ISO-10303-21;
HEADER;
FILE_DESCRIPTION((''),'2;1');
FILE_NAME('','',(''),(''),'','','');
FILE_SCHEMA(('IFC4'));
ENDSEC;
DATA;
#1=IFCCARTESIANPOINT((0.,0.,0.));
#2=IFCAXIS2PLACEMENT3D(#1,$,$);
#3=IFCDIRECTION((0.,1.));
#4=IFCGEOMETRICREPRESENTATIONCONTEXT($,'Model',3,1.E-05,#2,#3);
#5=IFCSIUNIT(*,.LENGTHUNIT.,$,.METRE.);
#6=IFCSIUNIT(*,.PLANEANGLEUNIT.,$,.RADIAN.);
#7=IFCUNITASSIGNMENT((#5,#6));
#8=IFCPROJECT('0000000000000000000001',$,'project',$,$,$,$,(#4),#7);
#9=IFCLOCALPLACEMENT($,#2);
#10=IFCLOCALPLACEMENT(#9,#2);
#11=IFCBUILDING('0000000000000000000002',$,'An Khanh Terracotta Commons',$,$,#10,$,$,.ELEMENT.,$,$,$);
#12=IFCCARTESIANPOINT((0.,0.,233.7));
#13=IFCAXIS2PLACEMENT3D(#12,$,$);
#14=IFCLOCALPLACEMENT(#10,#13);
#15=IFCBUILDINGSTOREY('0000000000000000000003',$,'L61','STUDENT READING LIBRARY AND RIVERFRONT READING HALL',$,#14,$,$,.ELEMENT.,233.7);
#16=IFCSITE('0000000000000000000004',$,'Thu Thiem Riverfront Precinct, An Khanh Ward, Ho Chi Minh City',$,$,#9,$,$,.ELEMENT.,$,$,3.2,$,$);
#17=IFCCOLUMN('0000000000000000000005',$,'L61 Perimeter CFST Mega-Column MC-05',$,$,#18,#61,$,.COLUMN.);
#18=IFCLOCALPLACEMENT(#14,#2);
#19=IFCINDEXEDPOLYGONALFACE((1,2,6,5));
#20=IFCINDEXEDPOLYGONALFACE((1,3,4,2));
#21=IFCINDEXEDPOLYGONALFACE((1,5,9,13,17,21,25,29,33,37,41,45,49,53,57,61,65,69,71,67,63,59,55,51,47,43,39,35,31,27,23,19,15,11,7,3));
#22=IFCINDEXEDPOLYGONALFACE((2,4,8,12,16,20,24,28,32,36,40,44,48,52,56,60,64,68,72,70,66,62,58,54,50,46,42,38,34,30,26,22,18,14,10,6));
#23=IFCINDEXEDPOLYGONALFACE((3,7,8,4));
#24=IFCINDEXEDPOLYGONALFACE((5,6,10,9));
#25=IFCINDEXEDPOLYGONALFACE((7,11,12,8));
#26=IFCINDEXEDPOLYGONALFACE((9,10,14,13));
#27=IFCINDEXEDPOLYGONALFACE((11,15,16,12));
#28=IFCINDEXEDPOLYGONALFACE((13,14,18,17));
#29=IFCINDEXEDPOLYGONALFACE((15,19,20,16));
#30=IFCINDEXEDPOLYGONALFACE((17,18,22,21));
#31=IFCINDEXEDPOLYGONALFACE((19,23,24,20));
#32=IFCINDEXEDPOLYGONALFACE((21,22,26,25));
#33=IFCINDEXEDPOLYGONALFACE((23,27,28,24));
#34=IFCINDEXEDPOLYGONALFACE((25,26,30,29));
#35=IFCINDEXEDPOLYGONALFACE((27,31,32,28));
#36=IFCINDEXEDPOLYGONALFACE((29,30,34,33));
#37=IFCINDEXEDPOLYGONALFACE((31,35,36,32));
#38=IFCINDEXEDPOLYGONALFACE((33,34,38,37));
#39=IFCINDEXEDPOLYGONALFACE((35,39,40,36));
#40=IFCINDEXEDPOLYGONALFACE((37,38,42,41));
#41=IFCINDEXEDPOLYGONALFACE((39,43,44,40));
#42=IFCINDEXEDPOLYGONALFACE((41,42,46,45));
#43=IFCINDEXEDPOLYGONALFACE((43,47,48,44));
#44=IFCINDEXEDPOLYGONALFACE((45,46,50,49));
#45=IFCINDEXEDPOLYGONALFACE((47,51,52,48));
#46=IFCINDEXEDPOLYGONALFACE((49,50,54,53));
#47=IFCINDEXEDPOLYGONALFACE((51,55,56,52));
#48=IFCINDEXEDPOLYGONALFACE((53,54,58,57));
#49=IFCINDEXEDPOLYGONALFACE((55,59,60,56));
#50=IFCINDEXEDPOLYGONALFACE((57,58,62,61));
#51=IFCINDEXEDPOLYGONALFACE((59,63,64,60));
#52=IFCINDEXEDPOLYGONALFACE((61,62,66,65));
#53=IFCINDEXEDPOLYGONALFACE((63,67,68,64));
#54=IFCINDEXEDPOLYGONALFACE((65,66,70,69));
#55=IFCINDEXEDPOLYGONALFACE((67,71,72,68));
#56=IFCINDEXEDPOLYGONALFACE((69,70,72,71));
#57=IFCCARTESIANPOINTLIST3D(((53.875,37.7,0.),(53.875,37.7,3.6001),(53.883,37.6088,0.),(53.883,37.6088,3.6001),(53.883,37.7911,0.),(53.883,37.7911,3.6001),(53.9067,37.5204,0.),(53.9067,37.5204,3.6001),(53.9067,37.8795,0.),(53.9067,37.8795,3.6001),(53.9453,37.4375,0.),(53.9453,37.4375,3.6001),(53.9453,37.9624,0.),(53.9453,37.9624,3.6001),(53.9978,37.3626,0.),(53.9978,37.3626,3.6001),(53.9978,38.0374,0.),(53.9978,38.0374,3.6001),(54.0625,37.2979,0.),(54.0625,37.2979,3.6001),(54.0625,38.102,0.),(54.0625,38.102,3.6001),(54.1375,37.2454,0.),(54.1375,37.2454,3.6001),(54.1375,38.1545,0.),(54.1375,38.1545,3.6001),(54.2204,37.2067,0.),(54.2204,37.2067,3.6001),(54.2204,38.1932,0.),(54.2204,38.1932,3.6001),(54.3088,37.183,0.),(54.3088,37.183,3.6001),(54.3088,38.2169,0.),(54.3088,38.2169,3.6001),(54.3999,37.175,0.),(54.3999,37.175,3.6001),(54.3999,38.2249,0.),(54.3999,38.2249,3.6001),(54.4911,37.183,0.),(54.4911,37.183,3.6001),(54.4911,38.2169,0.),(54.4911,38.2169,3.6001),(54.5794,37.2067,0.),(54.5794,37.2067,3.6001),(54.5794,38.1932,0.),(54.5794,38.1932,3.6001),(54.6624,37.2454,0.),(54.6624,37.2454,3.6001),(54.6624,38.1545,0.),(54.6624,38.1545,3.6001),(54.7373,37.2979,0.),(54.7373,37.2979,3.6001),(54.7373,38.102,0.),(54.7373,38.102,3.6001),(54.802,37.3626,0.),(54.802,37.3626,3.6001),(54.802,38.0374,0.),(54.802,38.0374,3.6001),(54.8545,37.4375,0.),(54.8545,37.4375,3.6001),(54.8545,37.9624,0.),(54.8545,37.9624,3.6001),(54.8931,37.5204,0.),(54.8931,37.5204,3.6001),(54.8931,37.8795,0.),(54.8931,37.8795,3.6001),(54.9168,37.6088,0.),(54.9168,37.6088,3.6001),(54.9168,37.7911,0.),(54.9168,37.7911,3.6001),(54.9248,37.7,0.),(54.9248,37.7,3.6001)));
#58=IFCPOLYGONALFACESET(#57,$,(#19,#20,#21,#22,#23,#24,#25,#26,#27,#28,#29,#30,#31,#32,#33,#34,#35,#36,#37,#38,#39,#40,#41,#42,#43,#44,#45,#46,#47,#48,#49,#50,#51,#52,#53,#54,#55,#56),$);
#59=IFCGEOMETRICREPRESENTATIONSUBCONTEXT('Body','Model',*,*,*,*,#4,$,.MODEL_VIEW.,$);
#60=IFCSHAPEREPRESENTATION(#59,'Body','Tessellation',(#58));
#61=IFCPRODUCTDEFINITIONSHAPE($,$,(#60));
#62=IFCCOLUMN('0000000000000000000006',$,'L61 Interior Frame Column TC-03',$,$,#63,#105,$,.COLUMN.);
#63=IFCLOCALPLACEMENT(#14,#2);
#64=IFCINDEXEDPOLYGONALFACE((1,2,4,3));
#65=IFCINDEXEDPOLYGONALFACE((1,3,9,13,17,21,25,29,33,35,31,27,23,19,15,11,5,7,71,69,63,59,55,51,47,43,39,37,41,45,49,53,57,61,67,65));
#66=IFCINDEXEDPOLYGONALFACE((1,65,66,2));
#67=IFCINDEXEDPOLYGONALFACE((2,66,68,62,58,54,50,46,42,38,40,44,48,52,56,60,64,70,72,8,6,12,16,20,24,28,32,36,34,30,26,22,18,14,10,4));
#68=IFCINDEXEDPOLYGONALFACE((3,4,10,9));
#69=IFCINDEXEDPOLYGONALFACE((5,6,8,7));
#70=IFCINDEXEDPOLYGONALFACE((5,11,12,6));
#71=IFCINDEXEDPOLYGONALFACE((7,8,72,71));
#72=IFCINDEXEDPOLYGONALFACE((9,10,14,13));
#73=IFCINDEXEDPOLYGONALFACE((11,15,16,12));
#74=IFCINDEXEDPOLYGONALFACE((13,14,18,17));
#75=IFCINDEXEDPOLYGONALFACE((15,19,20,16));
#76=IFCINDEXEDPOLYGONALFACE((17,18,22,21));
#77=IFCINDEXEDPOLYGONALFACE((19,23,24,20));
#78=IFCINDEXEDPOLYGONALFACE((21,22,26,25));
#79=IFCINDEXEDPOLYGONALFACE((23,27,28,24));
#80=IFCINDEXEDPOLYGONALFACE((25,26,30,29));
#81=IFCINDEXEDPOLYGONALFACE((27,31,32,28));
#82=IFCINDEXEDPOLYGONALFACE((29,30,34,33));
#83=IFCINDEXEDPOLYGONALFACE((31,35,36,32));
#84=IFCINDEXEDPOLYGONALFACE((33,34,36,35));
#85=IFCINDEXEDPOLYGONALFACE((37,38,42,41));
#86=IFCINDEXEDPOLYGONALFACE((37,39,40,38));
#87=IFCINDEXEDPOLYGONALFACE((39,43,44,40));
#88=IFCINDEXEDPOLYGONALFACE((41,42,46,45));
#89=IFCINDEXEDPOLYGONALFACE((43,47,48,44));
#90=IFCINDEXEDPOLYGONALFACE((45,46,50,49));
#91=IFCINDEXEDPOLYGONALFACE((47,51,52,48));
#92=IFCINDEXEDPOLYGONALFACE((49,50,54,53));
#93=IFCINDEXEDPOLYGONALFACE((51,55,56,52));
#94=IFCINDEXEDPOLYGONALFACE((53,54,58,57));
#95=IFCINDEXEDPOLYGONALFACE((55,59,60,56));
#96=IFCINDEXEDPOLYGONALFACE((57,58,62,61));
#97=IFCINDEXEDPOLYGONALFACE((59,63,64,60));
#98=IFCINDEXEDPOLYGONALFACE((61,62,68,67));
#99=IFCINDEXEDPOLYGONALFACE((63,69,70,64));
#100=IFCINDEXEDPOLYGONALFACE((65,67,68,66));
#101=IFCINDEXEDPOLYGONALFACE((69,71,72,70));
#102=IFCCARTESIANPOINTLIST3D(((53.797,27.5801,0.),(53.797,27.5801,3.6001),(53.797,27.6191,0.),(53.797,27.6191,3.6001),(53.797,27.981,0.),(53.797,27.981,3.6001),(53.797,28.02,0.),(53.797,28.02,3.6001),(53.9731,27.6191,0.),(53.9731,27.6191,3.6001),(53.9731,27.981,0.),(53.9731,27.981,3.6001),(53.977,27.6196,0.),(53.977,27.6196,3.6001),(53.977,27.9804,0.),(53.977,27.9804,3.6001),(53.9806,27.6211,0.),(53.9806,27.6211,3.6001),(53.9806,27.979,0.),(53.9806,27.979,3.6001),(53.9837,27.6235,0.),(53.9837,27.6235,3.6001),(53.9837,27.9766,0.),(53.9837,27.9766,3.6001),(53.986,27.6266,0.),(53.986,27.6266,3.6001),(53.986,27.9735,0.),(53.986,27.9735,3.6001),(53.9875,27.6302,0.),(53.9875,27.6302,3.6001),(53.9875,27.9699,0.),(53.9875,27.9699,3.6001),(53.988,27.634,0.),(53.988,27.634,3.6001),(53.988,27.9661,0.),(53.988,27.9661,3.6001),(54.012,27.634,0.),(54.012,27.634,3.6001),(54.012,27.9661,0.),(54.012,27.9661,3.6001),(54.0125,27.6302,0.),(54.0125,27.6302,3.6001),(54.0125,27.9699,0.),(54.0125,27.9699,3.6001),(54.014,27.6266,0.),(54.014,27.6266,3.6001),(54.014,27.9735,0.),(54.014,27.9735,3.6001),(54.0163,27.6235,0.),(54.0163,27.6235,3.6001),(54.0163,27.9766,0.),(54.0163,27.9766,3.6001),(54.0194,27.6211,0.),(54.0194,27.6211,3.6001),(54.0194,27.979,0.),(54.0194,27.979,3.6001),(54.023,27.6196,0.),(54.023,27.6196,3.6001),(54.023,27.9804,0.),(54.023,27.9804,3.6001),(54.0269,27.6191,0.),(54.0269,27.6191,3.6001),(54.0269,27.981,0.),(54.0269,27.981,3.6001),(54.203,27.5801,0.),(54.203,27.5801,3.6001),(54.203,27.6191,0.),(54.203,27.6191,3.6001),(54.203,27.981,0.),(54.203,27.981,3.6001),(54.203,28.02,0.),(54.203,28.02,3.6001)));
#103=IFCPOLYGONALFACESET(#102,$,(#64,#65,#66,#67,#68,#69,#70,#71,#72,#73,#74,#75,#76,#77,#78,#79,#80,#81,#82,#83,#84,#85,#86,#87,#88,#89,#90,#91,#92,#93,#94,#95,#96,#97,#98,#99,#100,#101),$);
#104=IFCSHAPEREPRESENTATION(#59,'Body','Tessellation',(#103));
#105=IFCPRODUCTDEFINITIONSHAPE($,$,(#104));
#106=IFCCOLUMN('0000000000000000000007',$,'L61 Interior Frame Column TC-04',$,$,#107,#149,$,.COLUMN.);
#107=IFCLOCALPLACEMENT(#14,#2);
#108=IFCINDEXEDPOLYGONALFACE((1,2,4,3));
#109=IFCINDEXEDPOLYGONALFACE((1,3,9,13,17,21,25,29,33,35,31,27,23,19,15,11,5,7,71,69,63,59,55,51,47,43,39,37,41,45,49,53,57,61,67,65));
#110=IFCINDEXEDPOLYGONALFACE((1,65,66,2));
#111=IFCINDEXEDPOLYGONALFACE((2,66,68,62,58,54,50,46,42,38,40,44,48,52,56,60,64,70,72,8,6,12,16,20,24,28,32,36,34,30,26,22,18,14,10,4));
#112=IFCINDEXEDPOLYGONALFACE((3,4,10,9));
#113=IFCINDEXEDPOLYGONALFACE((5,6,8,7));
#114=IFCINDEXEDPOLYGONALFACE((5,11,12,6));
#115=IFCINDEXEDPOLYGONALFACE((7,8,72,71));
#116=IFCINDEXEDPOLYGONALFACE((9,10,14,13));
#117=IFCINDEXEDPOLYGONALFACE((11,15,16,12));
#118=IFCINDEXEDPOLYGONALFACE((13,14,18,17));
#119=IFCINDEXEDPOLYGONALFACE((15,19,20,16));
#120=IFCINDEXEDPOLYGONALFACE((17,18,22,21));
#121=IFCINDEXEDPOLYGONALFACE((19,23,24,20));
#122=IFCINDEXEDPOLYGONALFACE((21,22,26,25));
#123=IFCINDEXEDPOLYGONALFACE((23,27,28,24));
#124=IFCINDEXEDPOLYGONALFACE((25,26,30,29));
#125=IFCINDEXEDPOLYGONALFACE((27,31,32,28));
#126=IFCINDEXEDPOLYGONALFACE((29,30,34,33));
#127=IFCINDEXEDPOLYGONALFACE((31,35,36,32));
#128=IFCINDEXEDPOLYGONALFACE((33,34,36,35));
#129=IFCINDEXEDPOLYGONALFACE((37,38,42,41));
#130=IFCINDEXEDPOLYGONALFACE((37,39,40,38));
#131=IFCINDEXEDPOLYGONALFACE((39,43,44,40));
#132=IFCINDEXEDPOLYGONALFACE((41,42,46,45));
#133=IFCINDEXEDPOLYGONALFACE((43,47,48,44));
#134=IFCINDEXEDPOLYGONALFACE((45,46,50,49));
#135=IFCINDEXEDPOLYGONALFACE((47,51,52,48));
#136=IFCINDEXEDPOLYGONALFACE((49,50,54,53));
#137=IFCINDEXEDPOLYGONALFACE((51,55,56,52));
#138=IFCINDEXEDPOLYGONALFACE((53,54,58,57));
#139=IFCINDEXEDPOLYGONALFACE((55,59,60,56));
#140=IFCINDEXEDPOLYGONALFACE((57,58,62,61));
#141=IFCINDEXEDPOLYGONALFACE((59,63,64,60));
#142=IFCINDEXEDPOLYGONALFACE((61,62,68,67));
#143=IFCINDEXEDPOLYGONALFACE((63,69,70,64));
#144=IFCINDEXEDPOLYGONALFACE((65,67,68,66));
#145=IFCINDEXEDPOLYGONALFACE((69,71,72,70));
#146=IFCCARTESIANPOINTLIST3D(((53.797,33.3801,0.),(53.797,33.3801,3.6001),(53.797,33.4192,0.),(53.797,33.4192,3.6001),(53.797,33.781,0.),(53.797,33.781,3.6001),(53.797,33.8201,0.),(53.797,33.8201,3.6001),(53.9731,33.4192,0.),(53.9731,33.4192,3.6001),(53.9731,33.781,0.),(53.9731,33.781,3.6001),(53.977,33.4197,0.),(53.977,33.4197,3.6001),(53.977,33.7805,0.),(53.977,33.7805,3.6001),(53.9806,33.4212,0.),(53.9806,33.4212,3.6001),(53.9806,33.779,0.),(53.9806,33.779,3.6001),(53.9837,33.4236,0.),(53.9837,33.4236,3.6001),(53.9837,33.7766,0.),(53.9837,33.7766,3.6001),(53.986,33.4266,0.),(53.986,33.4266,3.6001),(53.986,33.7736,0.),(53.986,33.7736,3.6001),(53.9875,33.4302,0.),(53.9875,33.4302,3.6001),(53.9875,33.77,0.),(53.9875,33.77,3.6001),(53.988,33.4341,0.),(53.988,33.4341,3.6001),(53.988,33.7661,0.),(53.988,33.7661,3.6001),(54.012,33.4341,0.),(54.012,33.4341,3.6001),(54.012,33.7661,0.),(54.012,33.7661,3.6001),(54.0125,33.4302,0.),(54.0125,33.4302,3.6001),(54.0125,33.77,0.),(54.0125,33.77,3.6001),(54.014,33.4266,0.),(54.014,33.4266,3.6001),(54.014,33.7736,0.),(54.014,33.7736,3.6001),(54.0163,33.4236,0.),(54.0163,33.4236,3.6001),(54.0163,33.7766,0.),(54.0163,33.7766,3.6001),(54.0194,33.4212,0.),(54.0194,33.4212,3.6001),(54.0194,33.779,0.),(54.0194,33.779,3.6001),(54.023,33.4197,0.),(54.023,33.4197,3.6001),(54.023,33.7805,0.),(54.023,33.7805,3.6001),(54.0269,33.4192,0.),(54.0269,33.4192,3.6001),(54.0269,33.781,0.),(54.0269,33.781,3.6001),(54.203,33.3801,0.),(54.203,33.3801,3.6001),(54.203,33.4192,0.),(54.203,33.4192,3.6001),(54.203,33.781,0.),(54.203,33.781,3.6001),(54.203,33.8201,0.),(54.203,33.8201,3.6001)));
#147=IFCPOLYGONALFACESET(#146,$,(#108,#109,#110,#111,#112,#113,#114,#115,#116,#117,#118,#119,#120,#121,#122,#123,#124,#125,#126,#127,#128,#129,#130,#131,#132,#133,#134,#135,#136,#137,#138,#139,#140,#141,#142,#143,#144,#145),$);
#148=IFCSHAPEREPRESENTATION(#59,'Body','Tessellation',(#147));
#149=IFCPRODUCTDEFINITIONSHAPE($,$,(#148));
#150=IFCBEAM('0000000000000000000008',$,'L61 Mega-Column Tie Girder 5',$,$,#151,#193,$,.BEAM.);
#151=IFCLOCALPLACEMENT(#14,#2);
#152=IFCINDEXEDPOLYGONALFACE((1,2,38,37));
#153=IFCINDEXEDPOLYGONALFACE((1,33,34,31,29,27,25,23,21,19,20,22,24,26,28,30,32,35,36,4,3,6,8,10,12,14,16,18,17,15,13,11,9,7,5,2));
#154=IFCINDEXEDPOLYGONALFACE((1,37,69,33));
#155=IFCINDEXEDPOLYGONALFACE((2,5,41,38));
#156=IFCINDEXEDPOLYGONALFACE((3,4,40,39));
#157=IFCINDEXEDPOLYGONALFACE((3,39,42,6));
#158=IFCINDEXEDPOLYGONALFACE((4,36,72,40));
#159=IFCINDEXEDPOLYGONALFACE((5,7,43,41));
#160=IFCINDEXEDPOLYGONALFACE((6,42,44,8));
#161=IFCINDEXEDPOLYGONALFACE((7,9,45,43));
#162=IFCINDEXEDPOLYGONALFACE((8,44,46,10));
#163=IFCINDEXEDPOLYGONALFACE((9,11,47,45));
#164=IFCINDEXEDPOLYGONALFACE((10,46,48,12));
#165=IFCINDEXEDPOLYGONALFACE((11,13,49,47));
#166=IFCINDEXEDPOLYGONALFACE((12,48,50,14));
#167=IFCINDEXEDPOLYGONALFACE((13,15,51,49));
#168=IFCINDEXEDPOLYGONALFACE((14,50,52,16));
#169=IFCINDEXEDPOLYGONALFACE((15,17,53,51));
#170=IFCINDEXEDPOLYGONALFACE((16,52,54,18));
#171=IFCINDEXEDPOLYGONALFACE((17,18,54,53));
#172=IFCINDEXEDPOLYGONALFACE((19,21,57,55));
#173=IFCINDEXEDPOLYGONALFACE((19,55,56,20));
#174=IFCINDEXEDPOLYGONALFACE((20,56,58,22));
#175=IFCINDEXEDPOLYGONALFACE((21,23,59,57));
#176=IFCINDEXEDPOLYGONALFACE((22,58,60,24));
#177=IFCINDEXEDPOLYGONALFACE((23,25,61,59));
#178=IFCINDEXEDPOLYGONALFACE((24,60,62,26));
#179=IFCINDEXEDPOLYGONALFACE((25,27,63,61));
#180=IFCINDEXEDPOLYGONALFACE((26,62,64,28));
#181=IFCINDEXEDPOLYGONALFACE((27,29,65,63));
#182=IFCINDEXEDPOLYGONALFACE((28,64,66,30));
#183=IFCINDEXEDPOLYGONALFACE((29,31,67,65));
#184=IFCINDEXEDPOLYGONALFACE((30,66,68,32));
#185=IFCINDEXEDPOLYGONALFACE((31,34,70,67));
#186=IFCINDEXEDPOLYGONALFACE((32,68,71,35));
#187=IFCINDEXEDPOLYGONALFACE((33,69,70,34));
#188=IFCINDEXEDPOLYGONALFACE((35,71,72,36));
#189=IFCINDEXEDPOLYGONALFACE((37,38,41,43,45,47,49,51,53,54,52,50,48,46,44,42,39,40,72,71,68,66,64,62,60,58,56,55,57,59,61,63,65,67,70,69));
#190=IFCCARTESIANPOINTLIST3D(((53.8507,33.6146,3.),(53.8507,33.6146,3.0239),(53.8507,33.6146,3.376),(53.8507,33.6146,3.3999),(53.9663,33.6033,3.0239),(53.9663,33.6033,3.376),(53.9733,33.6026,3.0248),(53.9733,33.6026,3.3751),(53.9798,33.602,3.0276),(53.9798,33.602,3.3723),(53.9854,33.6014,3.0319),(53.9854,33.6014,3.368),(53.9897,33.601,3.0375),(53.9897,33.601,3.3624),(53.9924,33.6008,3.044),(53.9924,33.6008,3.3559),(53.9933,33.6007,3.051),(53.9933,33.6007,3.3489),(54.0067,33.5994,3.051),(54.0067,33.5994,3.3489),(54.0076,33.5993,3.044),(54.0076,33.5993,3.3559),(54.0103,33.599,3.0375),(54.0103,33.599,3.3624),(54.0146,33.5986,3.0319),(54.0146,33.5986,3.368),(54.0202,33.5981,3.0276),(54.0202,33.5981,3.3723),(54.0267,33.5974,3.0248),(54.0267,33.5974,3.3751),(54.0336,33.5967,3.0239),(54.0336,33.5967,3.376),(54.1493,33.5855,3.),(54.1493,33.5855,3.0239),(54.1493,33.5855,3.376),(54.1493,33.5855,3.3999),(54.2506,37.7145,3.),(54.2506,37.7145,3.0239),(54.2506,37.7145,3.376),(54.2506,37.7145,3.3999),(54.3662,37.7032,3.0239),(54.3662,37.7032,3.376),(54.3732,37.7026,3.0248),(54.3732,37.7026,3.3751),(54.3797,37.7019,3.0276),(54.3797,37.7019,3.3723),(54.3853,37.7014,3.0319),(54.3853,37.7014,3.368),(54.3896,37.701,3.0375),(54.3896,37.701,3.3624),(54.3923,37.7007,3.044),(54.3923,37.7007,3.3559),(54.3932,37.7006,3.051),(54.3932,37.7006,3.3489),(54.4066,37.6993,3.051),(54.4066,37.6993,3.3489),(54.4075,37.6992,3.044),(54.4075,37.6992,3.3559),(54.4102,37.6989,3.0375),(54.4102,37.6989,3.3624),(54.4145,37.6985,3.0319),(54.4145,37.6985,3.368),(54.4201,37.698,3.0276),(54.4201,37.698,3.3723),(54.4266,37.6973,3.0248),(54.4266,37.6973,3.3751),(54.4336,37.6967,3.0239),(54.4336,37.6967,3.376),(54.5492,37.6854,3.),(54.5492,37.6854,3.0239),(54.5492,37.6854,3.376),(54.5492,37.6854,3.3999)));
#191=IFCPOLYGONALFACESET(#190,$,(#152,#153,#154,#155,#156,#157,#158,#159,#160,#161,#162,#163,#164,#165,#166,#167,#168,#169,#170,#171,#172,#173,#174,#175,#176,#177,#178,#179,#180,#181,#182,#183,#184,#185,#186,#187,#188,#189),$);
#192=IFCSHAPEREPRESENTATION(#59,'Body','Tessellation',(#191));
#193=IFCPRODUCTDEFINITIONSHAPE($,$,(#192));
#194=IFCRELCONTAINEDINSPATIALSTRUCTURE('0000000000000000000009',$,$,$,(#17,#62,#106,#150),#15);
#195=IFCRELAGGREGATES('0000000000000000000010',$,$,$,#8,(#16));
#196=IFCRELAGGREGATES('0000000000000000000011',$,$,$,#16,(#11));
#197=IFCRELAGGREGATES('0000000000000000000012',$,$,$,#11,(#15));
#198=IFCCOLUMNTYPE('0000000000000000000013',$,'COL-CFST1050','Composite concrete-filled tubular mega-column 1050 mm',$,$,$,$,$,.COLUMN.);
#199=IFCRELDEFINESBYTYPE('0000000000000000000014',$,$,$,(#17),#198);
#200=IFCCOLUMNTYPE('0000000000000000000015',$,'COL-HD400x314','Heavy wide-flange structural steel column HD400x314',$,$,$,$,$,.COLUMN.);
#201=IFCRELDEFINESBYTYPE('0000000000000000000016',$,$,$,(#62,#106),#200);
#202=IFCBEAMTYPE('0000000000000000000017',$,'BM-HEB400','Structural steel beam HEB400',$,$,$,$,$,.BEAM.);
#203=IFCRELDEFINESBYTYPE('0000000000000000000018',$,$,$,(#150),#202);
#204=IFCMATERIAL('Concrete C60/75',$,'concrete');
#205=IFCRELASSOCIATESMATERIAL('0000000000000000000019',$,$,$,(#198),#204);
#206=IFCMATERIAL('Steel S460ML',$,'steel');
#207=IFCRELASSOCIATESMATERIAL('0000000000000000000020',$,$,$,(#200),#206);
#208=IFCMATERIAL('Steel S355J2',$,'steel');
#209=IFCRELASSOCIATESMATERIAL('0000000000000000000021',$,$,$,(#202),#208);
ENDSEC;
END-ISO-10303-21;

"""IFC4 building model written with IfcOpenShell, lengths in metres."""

from ifc_helpers import new_model, si_unit, direction, frame, origin, origin_2d, place, context, subcontext, project, spatial, circle, i_section, extrude, material, material_profile, profile_set, type_object, element, save


model = new_model("IFC4")

# Units and contexts
model_context = context("Model", 3, precision=1e-05, world=origin(), true_north=direction((0.0, 1.0)))
body_context = subcontext(model_context, "Body", "Model", "MODEL_VIEW")
ifc_project = project(units=[si_unit("LENGTHUNIT", "METRE"), si_unit("PLANEANGLEUNIT", "RADIAN")], contexts=[model_context])

# Site, building, storey
site_placement = place(None, origin())
site = spatial("IfcSite", under=ifc_project, at=site_placement, Name="Thu Thiem Riverfront Precinct, An Khanh Ward, Ho Chi Minh City", CompositionType="ELEMENT", RefElevation=3.2)
building_placement = place(site_placement, origin())
building = spatial("IfcBuilding", under=site, at=building_placement, Name="An Khanh Terracotta Commons", CompositionType="ELEMENT")
storey_placement = place(building_placement, frame((0.0, 0.0, 233.7)))
storey = spatial("IfcBuildingStorey", under=building, at=storey_placement, Name="L61", Description="STUDENT READING LIBRARY AND RIVERFRONT READING HALL", CompositionType="ELEMENT", Elevation=233.7)

# Columns
ifc_material_1 = material(Name="Concrete C60/75", Category="concrete")
ifc_material_profile_1 = material_profile(ifc_material_1, circle(Radius=0.5249, at=origin_2d()), Name="CFST1050")
ifc_profile_set_1 = profile_set([ifc_material_profile_1], Name="Concrete C60/75")
column_type_1 = type_object("IfcColumnType", Name="COL-CFST1050", Description="Composite concrete-filled tubular mega-column 1050 mm", PredefinedType="COLUMN", material=ifc_profile_set_1)
column_placement = place(storey_placement, frame((54.3999, 37.7, 0.0), z_axis=(0.0, 0.0, 1.0), x_axis=(1.0, 0.0, 0.0)))
element("IfcColumn", 1, at=column_placement, inside=storey, type_object=column_type_1, Name="L61 Perimeter CFST Mega-Column MC-05", PredefinedType="COLUMN", context=body_context, shape_type="SweptSolid", body=[
    extrude(circle(Radius=0.5249, at=origin_2d()), origin(), (0.0, 0.0, 1.0), 3.6001),
])
ifc_material_2 = material(Name="Steel S460ML", Category="steel")
ifc_material_profile_2 = material_profile(ifc_material_2, i_section(OverallWidth=0.406, OverallDepth=0.4399, WebThickness=0.0239, FlangeThickness=0.0391, FilletRadius=0.0149, at=origin_2d()), Name="HD400x314")
ifc_profile_set_2 = profile_set([ifc_material_profile_2], Name="Steel S460ML")
column_type_2 = type_object("IfcColumnType", Name="COL-HD400x314", Description="Heavy wide-flange structural steel column HD400x314", PredefinedType="COLUMN", material=ifc_profile_set_2)
for number, where, z_axis, x_axis, name in (
    (2, (54.0, 27.8, 0.0), (0.0, 0.0, 1.0), (1.0, 0.0, 0.0), "L61 Interior Frame Column TC-03"),
    (3, (54.0, 33.6001, 0.0), (0.0, 0.0, 1.0), (1.0, 0.0, 0.0), "L61 Interior Frame Column TC-04"),
):
    element("IfcColumn", number, at=place(storey_placement, frame(where, z_axis=z_axis, x_axis=x_axis)), inside=storey, type_object=column_type_2, Name=name, PredefinedType="COLUMN", context=body_context, shape_type="SweptSolid", body=[
        extrude(i_section(OverallWidth=0.406, OverallDepth=0.4399, WebThickness=0.0239, FlangeThickness=0.0391, FilletRadius=0.0149, at=origin_2d()), origin(), (0.0, 0.0, 1.0), 3.6001),
    ])

# Beam
ifc_material_3 = material(Name="Steel S355J2", Category="steel")
ifc_material_profile_3 = material_profile(ifc_material_3, i_section(OverallWidth=0.3, OverallDepth=0.3999, WebThickness=0.0134, FlangeThickness=0.0239, FilletRadius=0.0271, at=origin_2d()), Name="HEB400")
ifc_profile_set_3 = profile_set([ifc_material_profile_3], Name="Steel S355J2")
beam_type_1 = type_object("IfcBeamType", Name="BM-HEB400", Description="Structural steel beam HEB400", PredefinedType="BEAM", material=ifc_profile_set_3)
beam_1_placement = place(storey_placement, frame((54.3999, 37.7, 3.2), z_axis=(-0.09708, -0.995277, 0.0), x_axis=(0.995277, -0.09708, 0.0)))
element("IfcBeam", 4, at=beam_1_placement, inside=storey, type_object=beam_type_1, Name="L61 Mega-Column Tie Girder 5", PredefinedType="BEAM", context=body_context, shape_type="SweptSolid", body=[
    extrude(i_section(OverallWidth=0.3, OverallDepth=0.3999, WebThickness=0.0134, FlangeThickness=0.0239, FilletRadius=0.0271, at=origin_2d()), origin(), (0.0, 0.0, 1.0), 4.1194),
])

save(model, "model.ifc")
